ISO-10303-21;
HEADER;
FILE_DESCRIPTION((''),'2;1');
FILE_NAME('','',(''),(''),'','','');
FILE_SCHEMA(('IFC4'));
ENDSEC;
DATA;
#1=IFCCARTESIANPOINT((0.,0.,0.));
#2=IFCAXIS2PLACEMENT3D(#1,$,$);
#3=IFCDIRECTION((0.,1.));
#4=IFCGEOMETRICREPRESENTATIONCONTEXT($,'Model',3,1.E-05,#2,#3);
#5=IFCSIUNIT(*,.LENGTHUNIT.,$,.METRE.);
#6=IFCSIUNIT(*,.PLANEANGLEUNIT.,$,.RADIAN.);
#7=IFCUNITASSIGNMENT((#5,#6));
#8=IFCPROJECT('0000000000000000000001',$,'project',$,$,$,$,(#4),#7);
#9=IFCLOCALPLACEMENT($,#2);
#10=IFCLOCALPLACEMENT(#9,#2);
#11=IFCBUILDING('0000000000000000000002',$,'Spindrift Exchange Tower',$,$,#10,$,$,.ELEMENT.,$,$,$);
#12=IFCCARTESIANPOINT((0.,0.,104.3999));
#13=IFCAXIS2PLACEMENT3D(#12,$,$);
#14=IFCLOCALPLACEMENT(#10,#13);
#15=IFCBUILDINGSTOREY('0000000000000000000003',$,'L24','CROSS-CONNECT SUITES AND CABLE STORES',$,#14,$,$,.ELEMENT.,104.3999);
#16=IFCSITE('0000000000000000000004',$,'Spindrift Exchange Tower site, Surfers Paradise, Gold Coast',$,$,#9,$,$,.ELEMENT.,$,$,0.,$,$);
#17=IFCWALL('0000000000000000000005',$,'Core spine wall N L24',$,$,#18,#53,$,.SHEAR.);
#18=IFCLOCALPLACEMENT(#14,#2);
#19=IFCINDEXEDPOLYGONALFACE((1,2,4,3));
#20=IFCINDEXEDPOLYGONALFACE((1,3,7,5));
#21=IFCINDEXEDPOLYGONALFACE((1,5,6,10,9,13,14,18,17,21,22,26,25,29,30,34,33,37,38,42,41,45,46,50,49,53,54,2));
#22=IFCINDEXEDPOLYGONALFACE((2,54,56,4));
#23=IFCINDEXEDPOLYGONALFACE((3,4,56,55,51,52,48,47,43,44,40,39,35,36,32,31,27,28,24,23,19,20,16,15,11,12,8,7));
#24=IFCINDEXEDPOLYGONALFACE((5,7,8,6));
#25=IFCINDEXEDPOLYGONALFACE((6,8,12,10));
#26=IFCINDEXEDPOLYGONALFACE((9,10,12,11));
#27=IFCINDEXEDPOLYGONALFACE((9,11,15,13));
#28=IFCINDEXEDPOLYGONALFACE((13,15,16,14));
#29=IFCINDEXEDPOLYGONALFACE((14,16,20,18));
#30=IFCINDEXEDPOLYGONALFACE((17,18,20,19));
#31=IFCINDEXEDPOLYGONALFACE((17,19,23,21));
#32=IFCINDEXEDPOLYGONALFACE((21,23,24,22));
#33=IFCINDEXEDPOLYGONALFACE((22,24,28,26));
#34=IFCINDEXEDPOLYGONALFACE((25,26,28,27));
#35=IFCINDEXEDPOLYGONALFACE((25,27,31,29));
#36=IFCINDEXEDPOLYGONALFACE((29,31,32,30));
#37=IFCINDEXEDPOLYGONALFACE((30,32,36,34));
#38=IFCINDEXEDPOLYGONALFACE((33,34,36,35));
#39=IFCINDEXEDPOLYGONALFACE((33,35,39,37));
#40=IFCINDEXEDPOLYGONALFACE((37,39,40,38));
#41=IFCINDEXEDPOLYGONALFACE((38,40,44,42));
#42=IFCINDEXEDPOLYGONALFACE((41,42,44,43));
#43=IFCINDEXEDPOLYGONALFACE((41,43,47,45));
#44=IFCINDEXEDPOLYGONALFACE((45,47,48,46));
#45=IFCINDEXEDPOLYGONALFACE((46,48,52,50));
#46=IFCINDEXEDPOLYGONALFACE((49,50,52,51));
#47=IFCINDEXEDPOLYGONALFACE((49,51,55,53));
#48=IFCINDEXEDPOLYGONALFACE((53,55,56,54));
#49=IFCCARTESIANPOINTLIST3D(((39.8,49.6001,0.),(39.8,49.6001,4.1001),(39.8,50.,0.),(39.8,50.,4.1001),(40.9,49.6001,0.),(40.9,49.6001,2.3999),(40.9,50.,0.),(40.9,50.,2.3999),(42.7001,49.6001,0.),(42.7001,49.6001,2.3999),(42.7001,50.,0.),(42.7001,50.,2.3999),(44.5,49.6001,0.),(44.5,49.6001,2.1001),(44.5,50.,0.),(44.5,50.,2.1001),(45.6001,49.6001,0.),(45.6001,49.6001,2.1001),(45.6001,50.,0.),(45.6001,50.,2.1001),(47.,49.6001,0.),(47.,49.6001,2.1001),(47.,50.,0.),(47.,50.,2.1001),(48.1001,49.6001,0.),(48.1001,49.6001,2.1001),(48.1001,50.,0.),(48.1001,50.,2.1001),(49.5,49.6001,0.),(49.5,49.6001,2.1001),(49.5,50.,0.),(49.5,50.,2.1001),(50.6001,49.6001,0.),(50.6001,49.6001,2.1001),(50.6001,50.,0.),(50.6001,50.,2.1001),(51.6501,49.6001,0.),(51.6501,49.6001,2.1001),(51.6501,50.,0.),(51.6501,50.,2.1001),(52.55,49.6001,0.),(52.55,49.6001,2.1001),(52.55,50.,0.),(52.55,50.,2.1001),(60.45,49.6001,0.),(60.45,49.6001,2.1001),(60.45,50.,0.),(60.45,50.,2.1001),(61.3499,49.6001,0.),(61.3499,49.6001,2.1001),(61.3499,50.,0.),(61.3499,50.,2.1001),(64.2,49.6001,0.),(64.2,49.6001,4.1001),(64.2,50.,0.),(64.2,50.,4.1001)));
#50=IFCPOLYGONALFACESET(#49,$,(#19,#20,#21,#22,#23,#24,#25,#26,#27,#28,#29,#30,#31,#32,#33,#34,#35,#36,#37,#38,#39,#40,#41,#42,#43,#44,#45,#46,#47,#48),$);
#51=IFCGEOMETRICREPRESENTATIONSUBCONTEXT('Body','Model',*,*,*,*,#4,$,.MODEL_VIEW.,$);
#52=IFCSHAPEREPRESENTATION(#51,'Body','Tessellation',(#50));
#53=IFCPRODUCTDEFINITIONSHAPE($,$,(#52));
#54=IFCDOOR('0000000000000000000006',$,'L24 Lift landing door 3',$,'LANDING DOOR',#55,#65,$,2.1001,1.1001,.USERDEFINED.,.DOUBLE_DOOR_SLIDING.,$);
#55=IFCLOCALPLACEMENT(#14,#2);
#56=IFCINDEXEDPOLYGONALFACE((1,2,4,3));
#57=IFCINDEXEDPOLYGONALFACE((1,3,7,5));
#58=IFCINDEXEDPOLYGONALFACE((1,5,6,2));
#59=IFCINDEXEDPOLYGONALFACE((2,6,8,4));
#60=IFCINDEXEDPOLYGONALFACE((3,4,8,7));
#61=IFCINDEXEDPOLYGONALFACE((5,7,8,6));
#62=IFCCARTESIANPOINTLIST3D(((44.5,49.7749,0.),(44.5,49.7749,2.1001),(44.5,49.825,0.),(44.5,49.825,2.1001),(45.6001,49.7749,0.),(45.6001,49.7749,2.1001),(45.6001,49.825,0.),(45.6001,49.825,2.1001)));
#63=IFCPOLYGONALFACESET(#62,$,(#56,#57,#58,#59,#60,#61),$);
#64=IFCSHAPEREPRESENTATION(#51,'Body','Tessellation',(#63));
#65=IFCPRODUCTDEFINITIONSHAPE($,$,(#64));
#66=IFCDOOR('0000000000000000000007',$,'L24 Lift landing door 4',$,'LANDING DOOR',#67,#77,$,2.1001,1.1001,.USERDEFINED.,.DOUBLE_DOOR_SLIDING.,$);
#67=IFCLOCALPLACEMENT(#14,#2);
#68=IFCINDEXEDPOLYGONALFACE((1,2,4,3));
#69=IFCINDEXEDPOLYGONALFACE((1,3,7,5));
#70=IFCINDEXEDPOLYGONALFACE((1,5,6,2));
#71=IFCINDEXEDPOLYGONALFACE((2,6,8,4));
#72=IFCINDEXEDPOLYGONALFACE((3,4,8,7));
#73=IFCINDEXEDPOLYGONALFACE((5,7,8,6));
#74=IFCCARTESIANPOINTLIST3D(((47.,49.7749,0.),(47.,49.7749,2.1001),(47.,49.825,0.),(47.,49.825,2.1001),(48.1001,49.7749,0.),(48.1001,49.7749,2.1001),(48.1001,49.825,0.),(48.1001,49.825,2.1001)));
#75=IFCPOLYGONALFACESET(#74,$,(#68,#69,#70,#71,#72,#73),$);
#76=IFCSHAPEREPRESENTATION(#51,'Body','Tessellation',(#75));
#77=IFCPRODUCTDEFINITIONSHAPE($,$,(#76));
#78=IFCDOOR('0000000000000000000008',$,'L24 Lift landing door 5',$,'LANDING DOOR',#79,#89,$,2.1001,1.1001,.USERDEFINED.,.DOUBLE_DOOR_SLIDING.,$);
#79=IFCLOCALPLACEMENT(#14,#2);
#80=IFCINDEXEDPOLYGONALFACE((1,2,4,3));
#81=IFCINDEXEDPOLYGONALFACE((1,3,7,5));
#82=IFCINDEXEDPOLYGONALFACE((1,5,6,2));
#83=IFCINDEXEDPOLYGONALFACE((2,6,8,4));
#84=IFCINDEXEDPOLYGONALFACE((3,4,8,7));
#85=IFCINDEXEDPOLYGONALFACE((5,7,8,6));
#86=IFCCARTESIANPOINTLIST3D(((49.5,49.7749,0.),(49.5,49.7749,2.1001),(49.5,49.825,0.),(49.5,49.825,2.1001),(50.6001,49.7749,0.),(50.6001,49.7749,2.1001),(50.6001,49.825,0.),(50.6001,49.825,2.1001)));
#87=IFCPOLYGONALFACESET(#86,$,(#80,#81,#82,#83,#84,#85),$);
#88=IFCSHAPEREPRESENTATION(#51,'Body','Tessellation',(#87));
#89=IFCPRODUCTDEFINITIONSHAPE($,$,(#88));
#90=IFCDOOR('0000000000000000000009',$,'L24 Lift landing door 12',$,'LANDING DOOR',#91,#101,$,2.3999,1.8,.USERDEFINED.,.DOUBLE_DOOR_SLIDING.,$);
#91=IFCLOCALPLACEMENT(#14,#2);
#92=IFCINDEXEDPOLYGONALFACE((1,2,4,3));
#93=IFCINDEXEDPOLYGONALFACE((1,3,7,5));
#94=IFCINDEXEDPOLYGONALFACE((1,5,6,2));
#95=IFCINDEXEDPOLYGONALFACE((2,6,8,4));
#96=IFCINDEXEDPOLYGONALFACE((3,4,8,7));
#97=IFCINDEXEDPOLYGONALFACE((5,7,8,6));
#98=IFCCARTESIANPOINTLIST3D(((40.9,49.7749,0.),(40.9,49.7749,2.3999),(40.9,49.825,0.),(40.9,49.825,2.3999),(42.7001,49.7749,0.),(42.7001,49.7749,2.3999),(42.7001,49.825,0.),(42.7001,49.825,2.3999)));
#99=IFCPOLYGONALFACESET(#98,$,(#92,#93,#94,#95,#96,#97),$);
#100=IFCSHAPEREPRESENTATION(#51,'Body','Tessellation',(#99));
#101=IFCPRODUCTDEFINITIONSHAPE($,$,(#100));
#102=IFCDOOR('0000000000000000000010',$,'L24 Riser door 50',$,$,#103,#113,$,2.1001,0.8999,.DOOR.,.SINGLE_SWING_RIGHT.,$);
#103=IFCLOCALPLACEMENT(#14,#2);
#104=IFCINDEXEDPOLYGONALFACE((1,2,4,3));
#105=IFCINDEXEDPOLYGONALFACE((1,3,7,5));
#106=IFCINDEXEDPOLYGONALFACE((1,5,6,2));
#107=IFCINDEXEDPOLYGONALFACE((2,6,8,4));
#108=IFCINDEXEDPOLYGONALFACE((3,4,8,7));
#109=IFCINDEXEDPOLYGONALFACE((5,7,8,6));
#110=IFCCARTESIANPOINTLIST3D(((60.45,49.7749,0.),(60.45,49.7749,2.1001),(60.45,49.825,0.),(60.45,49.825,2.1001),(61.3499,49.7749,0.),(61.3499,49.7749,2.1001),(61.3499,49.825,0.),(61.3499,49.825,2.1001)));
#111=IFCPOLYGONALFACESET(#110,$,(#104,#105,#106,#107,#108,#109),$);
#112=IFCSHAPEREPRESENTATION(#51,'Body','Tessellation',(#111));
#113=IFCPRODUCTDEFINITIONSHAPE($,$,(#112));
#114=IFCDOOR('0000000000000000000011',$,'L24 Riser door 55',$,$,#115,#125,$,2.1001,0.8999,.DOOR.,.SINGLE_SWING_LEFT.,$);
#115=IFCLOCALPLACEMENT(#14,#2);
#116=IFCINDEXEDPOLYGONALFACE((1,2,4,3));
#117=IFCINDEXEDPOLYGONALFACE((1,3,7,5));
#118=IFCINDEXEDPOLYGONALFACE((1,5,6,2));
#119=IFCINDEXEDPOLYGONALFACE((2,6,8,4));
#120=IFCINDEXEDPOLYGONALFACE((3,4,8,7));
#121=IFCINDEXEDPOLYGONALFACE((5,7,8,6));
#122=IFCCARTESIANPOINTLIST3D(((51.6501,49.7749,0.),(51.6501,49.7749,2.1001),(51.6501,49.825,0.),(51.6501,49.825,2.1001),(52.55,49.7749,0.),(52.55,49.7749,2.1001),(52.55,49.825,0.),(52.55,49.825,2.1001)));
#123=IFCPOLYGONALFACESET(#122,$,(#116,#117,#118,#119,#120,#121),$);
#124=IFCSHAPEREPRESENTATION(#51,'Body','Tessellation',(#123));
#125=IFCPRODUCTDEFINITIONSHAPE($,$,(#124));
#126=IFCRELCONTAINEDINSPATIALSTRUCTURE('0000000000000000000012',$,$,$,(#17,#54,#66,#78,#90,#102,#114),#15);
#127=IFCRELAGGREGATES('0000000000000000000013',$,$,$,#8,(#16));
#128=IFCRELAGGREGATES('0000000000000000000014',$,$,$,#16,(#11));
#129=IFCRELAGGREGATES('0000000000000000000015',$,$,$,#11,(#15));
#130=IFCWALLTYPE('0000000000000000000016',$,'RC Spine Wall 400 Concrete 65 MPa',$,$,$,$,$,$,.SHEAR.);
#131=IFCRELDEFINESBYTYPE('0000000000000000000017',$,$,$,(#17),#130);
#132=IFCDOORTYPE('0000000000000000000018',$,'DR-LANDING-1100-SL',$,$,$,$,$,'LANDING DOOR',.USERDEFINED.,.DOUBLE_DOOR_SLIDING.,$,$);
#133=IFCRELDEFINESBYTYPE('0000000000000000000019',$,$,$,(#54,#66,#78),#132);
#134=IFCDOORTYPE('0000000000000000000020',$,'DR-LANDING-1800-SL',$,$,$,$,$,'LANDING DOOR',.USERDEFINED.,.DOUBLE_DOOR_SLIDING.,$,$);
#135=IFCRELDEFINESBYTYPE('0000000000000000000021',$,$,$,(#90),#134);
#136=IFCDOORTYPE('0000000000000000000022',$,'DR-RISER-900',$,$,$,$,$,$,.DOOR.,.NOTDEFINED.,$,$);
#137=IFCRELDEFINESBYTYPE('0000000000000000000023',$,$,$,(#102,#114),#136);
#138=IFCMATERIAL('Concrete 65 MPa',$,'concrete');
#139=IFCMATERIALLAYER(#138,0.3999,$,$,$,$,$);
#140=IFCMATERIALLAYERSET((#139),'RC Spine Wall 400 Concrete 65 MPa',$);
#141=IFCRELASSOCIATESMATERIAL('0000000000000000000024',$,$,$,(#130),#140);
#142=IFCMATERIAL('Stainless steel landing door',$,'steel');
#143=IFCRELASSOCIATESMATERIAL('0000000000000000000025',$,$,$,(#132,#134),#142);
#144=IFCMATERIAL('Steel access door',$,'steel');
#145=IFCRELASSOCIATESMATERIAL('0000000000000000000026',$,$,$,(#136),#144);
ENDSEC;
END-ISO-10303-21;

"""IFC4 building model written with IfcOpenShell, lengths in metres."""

from ifc_helpers import new_model, si_unit, direction, frame, frame_2d, origin, place, context, subcontext, project, spatial, rectangle, extrude, source, transform, mapped, material, layer, layer_set, type_object, element, fill, save


model = new_model("IFC4")

# Units and contexts
model_context = context("Model", 3, precision=1e-05, world=origin(), true_north=direction((0.0, 1.0)))
body_context = subcontext(model_context, "Body", "Model", "MODEL_VIEW")
ifc_project = project(units=[si_unit("LENGTHUNIT", "METRE"), si_unit("PLANEANGLEUNIT", "RADIAN")], contexts=[model_context])

# Site, building, storey
site_placement = place(None, origin())
site = spatial("IfcSite", under=ifc_project, at=site_placement, Name="Spindrift Exchange Tower site, Surfers Paradise, Gold Coast", CompositionType="ELEMENT", RefElevation=0.0)
building_placement = place(site_placement, origin())
building = spatial("IfcBuilding", under=site, at=building_placement, Name="Spindrift Exchange Tower", CompositionType="ELEMENT")
storey_placement = place(building_placement, frame((0.0, 0.0, 104.3999)))
storey = spatial("IfcBuildingStorey", under=building, at=storey_placement, Name="L24", Description="CROSS-CONNECT SUITES AND CABLE STORES", CompositionType="ELEMENT", Elevation=104.3999)

# Shared definitions
ifc_material_1 = material(Name="Concrete 65 MPa", Category="concrete")

# Wall, openings, doors
ifc_layer_1 = layer(ifc_material_1, 0.3999)
ifc_layer_set_1 = layer_set([ifc_layer_1], Name="RC Spine Wall 400 Concrete 65 MPa")
wall_type_1 = type_object("IfcWallType", Name="RC Spine Wall 400 Concrete 65 MPa", PredefinedType="SHEAR", material=ifc_layer_set_1)
wall_1_placement = place(storey_placement, frame((39.8, 49.8, 0.0), z_axis=(0.0, 0.0, 1.0), x_axis=(1.0, 0.0, 0.0)))
wall_1 = element("IfcWall", 1, at=wall_1_placement, inside=storey, type_object=wall_type_1, Name="Core spine wall N L24", PredefinedType="SHEAR", context=body_context, shape_type="SweptSolid", body=[
    extrude(rectangle(XDim=24.3999, YDim=0.3999, at=frame_2d((12.2, 0.0))), origin(), (0.0, 0.0, 1.0), 4.1001),
])
opening_1_placement = place(wall_1_placement, frame((4.7, 0.0, 0.0)))
opening_1 = element("IfcOpeningElement", 2, at=opening_1_placement, cuts=wall_1, PredefinedType="OPENING", context=body_context, shape_type="SweptSolid", body=[
    extrude(rectangle(XDim=1.1001, YDim=2.1001, at=frame_2d((0.55, 1.05))), frame((0.0, 0.21, 0.0), z_axis=(0.0, -1.0, 0.0), x_axis=(1.0, 0.0, 0.0)), (0.0, 0.0, 1.0), 0.4199),
])
opening_2_placement = place(wall_1_placement, frame((7.2, 0.0, 0.0)))
opening_2 = element("IfcOpeningElement", 3, at=opening_2_placement, cuts=wall_1, PredefinedType="OPENING", context=body_context, shape_type="SweptSolid", body=[
    extrude(rectangle(XDim=1.1001, YDim=2.1001, at=frame_2d((0.55, 1.05))), frame((0.0, 0.21, 0.0), z_axis=(0.0, -1.0, 0.0), x_axis=(1.0, 0.0, 0.0)), (0.0, 0.0, 1.0), 0.4199),
])
opening_3_placement = place(wall_1_placement, frame((9.7, 0.0, 0.0)))
opening_3 = element("IfcOpeningElement", 4, at=opening_3_placement, cuts=wall_1, PredefinedType="OPENING", context=body_context, shape_type="SweptSolid", body=[
    extrude(rectangle(XDim=1.1001, YDim=2.1001, at=frame_2d((0.55, 1.05))), frame((0.0, 0.21, 0.0), z_axis=(0.0, -1.0, 0.0), x_axis=(1.0, 0.0, 0.0)), (0.0, 0.0, 1.0), 0.4199),
])
opening_4_placement = place(wall_1_placement, frame((1.1001, 0.0, 0.0)))
opening_4 = element("IfcOpeningElement", 5, at=opening_4_placement, cuts=wall_1, PredefinedType="OPENING", context=body_context, shape_type="SweptSolid", body=[
    extrude(rectangle(XDim=1.8, YDim=2.3999, at=frame_2d((0.8999, 1.2))), frame((0.0, 0.21, 0.0), z_axis=(0.0, -1.0, 0.0), x_axis=(1.0, 0.0, 0.0)), (0.0, 0.0, 1.0), 0.4199),
])
opening_5_placement = place(wall_1_placement, frame((20.6499, 0.0, 0.0)))
opening_5 = element("IfcOpeningElement", 6, at=opening_5_placement, cuts=wall_1, PredefinedType="OPENING", context=body_context, shape_type="SweptSolid", body=[
    extrude(rectangle(XDim=0.8999, YDim=2.1001, at=frame_2d((0.45, 1.05))), frame((0.0, 0.21, 0.0), z_axis=(0.0, -1.0, 0.0), x_axis=(1.0, 0.0, 0.0)), (0.0, 0.0, 1.0), 0.4199),
])
opening_6_placement = place(wall_1_placement, frame((11.8501, 0.0, 0.0)))
opening_6 = element("IfcOpeningElement", 7, at=opening_6_placement, cuts=wall_1, PredefinedType="OPENING", context=body_context, shape_type="SweptSolid", body=[
    extrude(rectangle(XDim=0.8999, YDim=2.1001, at=frame_2d((0.45, 1.05))), frame((0.0, 0.21, 0.0), z_axis=(0.0, -1.0, 0.0), x_axis=(1.0, 0.0, 0.0)), (0.0, 0.0, 1.0), 0.4199),
])
ifc_material_2 = material(Name="Stainless steel landing door", Category="steel")
door_type_1 = type_object("IfcDoorType", Name="DR-LANDING-1100-SL", ElementType="LANDING DOOR", OperationType="DOUBLE_DOOR_SLIDING", PredefinedType="USERDEFINED", material=ifc_material_2)
shared_shape_1 = source(origin(), body_context, "Body", "SweptSolid", [
    extrude(rectangle(XDim=1.1001, YDim=2.1001, at=frame_2d((0.55, 1.05))), frame((0.0, 0.0249, 0.0), z_axis=(0.0, -1.0, 0.0), x_axis=(1.0, 0.0, 0.0)), (0.0, 0.0, 1.0), 0.05),
])
door_1_placement = place(opening_1_placement, origin())
door_1 = element("IfcDoor", 8, at=door_1_placement, inside=storey, type_object=door_type_1, Name="L24 Lift landing door 3", ObjectType="LANDING DOOR", OperationType="DOUBLE_DOOR_SLIDING", OverallHeight=2.1001, OverallWidth=1.1001, PredefinedType="USERDEFINED", context=body_context, shape_type="MappedRepresentation", body=[
    mapped(shared_shape_1, transform((0.0, 0.0, 0.0), scale=1.0)),
])
fill(opening_1, door_1)
door_2_placement = place(opening_2_placement, origin())
door_2 = element("IfcDoor", 9, at=door_2_placement, inside=storey, type_object=door_type_1, Name="L24 Lift landing door 4", ObjectType="LANDING DOOR", OperationType="DOUBLE_DOOR_SLIDING", OverallHeight=2.1001, OverallWidth=1.1001, PredefinedType="USERDEFINED", context=body_context, shape_type="MappedRepresentation", body=[
    mapped(shared_shape_1, transform((0.0, 0.0, 0.0), scale=1.0)),
])
fill(opening_2, door_2)
door_3_placement = place(opening_3_placement, origin())
door_3 = element("IfcDoor", 10, at=door_3_placement, inside=storey, type_object=door_type_1, Name="L24 Lift landing door 5", ObjectType="LANDING DOOR", OperationType="DOUBLE_DOOR_SLIDING", OverallHeight=2.1001, OverallWidth=1.1001, PredefinedType="USERDEFINED", context=body_context, shape_type="MappedRepresentation", body=[
    mapped(shared_shape_1, transform((0.0, 0.0, 0.0), scale=1.0)),
])
fill(opening_3, door_3)
door_type_2 = type_object("IfcDoorType", Name="DR-LANDING-1800-SL", ElementType="LANDING DOOR", OperationType="DOUBLE_DOOR_SLIDING", PredefinedType="USERDEFINED", material=ifc_material_2)
shared_shape_2 = source(origin(), body_context, "Body", "SweptSolid", [
    extrude(rectangle(XDim=1.8, YDim=2.3999, at=frame_2d((0.8999, 1.2))), frame((0.0, 0.0249, 0.0), z_axis=(0.0, -1.0, 0.0), x_axis=(1.0, 0.0, 0.0)), (0.0, 0.0, 1.0), 0.05),
])
door_4_placement = place(opening_4_placement, origin())
door_4 = element("IfcDoor", 11, at=door_4_placement, inside=storey, type_object=door_type_2, Name="L24 Lift landing door 12", ObjectType="LANDING DOOR", OperationType="DOUBLE_DOOR_SLIDING", OverallHeight=2.3999, OverallWidth=1.8, PredefinedType="USERDEFINED", context=body_context, shape_type="MappedRepresentation", body=[
    mapped(shared_shape_2, transform((0.0, 0.0, 0.0), scale=1.0)),
])
fill(opening_4, door_4)
ifc_material_3 = material(Name="Steel access door", Category="steel")
door_type_3 = type_object("IfcDoorType", Name="DR-RISER-900", OperationType="NOTDEFINED", PredefinedType="DOOR", material=ifc_material_3)
shared_shape_3 = source(origin(), body_context, "Body", "SweptSolid", [
    extrude(rectangle(XDim=0.8999, YDim=2.1001, at=frame_2d((0.45, 1.05))), frame((0.0, 0.0249, 0.0), z_axis=(0.0, -1.0, 0.0), x_axis=(1.0, 0.0, 0.0)), (0.0, 0.0, 1.0), 0.05),
])
door_5_placement = place(opening_5_placement, origin())
door_5 = element("IfcDoor", 12, at=door_5_placement, inside=storey, type_object=door_type_3, Name="L24 Riser door 50", OperationType="SINGLE_SWING_RIGHT", OverallHeight=2.1001, OverallWidth=0.8999, PredefinedType="DOOR", context=body_context, shape_type="MappedRepresentation", body=[
    mapped(shared_shape_3, transform((0.0, 0.0, 0.0), scale=1.0)),
])
fill(opening_5, door_5)
door_6_placement = place(opening_6_placement, origin())
door_6 = element("IfcDoor", 13, at=door_6_placement, inside=storey, type_object=door_type_3, Name="L24 Riser door 55", OperationType="SINGLE_SWING_LEFT", OverallHeight=2.1001, OverallWidth=0.8999, PredefinedType="DOOR", context=body_context, shape_type="MappedRepresentation", body=[
    mapped(shared_shape_3, transform((0.0, 0.0, 0.0), scale=1.0)),
])
fill(opening_6, door_6)

save(model, "model.ifc")
